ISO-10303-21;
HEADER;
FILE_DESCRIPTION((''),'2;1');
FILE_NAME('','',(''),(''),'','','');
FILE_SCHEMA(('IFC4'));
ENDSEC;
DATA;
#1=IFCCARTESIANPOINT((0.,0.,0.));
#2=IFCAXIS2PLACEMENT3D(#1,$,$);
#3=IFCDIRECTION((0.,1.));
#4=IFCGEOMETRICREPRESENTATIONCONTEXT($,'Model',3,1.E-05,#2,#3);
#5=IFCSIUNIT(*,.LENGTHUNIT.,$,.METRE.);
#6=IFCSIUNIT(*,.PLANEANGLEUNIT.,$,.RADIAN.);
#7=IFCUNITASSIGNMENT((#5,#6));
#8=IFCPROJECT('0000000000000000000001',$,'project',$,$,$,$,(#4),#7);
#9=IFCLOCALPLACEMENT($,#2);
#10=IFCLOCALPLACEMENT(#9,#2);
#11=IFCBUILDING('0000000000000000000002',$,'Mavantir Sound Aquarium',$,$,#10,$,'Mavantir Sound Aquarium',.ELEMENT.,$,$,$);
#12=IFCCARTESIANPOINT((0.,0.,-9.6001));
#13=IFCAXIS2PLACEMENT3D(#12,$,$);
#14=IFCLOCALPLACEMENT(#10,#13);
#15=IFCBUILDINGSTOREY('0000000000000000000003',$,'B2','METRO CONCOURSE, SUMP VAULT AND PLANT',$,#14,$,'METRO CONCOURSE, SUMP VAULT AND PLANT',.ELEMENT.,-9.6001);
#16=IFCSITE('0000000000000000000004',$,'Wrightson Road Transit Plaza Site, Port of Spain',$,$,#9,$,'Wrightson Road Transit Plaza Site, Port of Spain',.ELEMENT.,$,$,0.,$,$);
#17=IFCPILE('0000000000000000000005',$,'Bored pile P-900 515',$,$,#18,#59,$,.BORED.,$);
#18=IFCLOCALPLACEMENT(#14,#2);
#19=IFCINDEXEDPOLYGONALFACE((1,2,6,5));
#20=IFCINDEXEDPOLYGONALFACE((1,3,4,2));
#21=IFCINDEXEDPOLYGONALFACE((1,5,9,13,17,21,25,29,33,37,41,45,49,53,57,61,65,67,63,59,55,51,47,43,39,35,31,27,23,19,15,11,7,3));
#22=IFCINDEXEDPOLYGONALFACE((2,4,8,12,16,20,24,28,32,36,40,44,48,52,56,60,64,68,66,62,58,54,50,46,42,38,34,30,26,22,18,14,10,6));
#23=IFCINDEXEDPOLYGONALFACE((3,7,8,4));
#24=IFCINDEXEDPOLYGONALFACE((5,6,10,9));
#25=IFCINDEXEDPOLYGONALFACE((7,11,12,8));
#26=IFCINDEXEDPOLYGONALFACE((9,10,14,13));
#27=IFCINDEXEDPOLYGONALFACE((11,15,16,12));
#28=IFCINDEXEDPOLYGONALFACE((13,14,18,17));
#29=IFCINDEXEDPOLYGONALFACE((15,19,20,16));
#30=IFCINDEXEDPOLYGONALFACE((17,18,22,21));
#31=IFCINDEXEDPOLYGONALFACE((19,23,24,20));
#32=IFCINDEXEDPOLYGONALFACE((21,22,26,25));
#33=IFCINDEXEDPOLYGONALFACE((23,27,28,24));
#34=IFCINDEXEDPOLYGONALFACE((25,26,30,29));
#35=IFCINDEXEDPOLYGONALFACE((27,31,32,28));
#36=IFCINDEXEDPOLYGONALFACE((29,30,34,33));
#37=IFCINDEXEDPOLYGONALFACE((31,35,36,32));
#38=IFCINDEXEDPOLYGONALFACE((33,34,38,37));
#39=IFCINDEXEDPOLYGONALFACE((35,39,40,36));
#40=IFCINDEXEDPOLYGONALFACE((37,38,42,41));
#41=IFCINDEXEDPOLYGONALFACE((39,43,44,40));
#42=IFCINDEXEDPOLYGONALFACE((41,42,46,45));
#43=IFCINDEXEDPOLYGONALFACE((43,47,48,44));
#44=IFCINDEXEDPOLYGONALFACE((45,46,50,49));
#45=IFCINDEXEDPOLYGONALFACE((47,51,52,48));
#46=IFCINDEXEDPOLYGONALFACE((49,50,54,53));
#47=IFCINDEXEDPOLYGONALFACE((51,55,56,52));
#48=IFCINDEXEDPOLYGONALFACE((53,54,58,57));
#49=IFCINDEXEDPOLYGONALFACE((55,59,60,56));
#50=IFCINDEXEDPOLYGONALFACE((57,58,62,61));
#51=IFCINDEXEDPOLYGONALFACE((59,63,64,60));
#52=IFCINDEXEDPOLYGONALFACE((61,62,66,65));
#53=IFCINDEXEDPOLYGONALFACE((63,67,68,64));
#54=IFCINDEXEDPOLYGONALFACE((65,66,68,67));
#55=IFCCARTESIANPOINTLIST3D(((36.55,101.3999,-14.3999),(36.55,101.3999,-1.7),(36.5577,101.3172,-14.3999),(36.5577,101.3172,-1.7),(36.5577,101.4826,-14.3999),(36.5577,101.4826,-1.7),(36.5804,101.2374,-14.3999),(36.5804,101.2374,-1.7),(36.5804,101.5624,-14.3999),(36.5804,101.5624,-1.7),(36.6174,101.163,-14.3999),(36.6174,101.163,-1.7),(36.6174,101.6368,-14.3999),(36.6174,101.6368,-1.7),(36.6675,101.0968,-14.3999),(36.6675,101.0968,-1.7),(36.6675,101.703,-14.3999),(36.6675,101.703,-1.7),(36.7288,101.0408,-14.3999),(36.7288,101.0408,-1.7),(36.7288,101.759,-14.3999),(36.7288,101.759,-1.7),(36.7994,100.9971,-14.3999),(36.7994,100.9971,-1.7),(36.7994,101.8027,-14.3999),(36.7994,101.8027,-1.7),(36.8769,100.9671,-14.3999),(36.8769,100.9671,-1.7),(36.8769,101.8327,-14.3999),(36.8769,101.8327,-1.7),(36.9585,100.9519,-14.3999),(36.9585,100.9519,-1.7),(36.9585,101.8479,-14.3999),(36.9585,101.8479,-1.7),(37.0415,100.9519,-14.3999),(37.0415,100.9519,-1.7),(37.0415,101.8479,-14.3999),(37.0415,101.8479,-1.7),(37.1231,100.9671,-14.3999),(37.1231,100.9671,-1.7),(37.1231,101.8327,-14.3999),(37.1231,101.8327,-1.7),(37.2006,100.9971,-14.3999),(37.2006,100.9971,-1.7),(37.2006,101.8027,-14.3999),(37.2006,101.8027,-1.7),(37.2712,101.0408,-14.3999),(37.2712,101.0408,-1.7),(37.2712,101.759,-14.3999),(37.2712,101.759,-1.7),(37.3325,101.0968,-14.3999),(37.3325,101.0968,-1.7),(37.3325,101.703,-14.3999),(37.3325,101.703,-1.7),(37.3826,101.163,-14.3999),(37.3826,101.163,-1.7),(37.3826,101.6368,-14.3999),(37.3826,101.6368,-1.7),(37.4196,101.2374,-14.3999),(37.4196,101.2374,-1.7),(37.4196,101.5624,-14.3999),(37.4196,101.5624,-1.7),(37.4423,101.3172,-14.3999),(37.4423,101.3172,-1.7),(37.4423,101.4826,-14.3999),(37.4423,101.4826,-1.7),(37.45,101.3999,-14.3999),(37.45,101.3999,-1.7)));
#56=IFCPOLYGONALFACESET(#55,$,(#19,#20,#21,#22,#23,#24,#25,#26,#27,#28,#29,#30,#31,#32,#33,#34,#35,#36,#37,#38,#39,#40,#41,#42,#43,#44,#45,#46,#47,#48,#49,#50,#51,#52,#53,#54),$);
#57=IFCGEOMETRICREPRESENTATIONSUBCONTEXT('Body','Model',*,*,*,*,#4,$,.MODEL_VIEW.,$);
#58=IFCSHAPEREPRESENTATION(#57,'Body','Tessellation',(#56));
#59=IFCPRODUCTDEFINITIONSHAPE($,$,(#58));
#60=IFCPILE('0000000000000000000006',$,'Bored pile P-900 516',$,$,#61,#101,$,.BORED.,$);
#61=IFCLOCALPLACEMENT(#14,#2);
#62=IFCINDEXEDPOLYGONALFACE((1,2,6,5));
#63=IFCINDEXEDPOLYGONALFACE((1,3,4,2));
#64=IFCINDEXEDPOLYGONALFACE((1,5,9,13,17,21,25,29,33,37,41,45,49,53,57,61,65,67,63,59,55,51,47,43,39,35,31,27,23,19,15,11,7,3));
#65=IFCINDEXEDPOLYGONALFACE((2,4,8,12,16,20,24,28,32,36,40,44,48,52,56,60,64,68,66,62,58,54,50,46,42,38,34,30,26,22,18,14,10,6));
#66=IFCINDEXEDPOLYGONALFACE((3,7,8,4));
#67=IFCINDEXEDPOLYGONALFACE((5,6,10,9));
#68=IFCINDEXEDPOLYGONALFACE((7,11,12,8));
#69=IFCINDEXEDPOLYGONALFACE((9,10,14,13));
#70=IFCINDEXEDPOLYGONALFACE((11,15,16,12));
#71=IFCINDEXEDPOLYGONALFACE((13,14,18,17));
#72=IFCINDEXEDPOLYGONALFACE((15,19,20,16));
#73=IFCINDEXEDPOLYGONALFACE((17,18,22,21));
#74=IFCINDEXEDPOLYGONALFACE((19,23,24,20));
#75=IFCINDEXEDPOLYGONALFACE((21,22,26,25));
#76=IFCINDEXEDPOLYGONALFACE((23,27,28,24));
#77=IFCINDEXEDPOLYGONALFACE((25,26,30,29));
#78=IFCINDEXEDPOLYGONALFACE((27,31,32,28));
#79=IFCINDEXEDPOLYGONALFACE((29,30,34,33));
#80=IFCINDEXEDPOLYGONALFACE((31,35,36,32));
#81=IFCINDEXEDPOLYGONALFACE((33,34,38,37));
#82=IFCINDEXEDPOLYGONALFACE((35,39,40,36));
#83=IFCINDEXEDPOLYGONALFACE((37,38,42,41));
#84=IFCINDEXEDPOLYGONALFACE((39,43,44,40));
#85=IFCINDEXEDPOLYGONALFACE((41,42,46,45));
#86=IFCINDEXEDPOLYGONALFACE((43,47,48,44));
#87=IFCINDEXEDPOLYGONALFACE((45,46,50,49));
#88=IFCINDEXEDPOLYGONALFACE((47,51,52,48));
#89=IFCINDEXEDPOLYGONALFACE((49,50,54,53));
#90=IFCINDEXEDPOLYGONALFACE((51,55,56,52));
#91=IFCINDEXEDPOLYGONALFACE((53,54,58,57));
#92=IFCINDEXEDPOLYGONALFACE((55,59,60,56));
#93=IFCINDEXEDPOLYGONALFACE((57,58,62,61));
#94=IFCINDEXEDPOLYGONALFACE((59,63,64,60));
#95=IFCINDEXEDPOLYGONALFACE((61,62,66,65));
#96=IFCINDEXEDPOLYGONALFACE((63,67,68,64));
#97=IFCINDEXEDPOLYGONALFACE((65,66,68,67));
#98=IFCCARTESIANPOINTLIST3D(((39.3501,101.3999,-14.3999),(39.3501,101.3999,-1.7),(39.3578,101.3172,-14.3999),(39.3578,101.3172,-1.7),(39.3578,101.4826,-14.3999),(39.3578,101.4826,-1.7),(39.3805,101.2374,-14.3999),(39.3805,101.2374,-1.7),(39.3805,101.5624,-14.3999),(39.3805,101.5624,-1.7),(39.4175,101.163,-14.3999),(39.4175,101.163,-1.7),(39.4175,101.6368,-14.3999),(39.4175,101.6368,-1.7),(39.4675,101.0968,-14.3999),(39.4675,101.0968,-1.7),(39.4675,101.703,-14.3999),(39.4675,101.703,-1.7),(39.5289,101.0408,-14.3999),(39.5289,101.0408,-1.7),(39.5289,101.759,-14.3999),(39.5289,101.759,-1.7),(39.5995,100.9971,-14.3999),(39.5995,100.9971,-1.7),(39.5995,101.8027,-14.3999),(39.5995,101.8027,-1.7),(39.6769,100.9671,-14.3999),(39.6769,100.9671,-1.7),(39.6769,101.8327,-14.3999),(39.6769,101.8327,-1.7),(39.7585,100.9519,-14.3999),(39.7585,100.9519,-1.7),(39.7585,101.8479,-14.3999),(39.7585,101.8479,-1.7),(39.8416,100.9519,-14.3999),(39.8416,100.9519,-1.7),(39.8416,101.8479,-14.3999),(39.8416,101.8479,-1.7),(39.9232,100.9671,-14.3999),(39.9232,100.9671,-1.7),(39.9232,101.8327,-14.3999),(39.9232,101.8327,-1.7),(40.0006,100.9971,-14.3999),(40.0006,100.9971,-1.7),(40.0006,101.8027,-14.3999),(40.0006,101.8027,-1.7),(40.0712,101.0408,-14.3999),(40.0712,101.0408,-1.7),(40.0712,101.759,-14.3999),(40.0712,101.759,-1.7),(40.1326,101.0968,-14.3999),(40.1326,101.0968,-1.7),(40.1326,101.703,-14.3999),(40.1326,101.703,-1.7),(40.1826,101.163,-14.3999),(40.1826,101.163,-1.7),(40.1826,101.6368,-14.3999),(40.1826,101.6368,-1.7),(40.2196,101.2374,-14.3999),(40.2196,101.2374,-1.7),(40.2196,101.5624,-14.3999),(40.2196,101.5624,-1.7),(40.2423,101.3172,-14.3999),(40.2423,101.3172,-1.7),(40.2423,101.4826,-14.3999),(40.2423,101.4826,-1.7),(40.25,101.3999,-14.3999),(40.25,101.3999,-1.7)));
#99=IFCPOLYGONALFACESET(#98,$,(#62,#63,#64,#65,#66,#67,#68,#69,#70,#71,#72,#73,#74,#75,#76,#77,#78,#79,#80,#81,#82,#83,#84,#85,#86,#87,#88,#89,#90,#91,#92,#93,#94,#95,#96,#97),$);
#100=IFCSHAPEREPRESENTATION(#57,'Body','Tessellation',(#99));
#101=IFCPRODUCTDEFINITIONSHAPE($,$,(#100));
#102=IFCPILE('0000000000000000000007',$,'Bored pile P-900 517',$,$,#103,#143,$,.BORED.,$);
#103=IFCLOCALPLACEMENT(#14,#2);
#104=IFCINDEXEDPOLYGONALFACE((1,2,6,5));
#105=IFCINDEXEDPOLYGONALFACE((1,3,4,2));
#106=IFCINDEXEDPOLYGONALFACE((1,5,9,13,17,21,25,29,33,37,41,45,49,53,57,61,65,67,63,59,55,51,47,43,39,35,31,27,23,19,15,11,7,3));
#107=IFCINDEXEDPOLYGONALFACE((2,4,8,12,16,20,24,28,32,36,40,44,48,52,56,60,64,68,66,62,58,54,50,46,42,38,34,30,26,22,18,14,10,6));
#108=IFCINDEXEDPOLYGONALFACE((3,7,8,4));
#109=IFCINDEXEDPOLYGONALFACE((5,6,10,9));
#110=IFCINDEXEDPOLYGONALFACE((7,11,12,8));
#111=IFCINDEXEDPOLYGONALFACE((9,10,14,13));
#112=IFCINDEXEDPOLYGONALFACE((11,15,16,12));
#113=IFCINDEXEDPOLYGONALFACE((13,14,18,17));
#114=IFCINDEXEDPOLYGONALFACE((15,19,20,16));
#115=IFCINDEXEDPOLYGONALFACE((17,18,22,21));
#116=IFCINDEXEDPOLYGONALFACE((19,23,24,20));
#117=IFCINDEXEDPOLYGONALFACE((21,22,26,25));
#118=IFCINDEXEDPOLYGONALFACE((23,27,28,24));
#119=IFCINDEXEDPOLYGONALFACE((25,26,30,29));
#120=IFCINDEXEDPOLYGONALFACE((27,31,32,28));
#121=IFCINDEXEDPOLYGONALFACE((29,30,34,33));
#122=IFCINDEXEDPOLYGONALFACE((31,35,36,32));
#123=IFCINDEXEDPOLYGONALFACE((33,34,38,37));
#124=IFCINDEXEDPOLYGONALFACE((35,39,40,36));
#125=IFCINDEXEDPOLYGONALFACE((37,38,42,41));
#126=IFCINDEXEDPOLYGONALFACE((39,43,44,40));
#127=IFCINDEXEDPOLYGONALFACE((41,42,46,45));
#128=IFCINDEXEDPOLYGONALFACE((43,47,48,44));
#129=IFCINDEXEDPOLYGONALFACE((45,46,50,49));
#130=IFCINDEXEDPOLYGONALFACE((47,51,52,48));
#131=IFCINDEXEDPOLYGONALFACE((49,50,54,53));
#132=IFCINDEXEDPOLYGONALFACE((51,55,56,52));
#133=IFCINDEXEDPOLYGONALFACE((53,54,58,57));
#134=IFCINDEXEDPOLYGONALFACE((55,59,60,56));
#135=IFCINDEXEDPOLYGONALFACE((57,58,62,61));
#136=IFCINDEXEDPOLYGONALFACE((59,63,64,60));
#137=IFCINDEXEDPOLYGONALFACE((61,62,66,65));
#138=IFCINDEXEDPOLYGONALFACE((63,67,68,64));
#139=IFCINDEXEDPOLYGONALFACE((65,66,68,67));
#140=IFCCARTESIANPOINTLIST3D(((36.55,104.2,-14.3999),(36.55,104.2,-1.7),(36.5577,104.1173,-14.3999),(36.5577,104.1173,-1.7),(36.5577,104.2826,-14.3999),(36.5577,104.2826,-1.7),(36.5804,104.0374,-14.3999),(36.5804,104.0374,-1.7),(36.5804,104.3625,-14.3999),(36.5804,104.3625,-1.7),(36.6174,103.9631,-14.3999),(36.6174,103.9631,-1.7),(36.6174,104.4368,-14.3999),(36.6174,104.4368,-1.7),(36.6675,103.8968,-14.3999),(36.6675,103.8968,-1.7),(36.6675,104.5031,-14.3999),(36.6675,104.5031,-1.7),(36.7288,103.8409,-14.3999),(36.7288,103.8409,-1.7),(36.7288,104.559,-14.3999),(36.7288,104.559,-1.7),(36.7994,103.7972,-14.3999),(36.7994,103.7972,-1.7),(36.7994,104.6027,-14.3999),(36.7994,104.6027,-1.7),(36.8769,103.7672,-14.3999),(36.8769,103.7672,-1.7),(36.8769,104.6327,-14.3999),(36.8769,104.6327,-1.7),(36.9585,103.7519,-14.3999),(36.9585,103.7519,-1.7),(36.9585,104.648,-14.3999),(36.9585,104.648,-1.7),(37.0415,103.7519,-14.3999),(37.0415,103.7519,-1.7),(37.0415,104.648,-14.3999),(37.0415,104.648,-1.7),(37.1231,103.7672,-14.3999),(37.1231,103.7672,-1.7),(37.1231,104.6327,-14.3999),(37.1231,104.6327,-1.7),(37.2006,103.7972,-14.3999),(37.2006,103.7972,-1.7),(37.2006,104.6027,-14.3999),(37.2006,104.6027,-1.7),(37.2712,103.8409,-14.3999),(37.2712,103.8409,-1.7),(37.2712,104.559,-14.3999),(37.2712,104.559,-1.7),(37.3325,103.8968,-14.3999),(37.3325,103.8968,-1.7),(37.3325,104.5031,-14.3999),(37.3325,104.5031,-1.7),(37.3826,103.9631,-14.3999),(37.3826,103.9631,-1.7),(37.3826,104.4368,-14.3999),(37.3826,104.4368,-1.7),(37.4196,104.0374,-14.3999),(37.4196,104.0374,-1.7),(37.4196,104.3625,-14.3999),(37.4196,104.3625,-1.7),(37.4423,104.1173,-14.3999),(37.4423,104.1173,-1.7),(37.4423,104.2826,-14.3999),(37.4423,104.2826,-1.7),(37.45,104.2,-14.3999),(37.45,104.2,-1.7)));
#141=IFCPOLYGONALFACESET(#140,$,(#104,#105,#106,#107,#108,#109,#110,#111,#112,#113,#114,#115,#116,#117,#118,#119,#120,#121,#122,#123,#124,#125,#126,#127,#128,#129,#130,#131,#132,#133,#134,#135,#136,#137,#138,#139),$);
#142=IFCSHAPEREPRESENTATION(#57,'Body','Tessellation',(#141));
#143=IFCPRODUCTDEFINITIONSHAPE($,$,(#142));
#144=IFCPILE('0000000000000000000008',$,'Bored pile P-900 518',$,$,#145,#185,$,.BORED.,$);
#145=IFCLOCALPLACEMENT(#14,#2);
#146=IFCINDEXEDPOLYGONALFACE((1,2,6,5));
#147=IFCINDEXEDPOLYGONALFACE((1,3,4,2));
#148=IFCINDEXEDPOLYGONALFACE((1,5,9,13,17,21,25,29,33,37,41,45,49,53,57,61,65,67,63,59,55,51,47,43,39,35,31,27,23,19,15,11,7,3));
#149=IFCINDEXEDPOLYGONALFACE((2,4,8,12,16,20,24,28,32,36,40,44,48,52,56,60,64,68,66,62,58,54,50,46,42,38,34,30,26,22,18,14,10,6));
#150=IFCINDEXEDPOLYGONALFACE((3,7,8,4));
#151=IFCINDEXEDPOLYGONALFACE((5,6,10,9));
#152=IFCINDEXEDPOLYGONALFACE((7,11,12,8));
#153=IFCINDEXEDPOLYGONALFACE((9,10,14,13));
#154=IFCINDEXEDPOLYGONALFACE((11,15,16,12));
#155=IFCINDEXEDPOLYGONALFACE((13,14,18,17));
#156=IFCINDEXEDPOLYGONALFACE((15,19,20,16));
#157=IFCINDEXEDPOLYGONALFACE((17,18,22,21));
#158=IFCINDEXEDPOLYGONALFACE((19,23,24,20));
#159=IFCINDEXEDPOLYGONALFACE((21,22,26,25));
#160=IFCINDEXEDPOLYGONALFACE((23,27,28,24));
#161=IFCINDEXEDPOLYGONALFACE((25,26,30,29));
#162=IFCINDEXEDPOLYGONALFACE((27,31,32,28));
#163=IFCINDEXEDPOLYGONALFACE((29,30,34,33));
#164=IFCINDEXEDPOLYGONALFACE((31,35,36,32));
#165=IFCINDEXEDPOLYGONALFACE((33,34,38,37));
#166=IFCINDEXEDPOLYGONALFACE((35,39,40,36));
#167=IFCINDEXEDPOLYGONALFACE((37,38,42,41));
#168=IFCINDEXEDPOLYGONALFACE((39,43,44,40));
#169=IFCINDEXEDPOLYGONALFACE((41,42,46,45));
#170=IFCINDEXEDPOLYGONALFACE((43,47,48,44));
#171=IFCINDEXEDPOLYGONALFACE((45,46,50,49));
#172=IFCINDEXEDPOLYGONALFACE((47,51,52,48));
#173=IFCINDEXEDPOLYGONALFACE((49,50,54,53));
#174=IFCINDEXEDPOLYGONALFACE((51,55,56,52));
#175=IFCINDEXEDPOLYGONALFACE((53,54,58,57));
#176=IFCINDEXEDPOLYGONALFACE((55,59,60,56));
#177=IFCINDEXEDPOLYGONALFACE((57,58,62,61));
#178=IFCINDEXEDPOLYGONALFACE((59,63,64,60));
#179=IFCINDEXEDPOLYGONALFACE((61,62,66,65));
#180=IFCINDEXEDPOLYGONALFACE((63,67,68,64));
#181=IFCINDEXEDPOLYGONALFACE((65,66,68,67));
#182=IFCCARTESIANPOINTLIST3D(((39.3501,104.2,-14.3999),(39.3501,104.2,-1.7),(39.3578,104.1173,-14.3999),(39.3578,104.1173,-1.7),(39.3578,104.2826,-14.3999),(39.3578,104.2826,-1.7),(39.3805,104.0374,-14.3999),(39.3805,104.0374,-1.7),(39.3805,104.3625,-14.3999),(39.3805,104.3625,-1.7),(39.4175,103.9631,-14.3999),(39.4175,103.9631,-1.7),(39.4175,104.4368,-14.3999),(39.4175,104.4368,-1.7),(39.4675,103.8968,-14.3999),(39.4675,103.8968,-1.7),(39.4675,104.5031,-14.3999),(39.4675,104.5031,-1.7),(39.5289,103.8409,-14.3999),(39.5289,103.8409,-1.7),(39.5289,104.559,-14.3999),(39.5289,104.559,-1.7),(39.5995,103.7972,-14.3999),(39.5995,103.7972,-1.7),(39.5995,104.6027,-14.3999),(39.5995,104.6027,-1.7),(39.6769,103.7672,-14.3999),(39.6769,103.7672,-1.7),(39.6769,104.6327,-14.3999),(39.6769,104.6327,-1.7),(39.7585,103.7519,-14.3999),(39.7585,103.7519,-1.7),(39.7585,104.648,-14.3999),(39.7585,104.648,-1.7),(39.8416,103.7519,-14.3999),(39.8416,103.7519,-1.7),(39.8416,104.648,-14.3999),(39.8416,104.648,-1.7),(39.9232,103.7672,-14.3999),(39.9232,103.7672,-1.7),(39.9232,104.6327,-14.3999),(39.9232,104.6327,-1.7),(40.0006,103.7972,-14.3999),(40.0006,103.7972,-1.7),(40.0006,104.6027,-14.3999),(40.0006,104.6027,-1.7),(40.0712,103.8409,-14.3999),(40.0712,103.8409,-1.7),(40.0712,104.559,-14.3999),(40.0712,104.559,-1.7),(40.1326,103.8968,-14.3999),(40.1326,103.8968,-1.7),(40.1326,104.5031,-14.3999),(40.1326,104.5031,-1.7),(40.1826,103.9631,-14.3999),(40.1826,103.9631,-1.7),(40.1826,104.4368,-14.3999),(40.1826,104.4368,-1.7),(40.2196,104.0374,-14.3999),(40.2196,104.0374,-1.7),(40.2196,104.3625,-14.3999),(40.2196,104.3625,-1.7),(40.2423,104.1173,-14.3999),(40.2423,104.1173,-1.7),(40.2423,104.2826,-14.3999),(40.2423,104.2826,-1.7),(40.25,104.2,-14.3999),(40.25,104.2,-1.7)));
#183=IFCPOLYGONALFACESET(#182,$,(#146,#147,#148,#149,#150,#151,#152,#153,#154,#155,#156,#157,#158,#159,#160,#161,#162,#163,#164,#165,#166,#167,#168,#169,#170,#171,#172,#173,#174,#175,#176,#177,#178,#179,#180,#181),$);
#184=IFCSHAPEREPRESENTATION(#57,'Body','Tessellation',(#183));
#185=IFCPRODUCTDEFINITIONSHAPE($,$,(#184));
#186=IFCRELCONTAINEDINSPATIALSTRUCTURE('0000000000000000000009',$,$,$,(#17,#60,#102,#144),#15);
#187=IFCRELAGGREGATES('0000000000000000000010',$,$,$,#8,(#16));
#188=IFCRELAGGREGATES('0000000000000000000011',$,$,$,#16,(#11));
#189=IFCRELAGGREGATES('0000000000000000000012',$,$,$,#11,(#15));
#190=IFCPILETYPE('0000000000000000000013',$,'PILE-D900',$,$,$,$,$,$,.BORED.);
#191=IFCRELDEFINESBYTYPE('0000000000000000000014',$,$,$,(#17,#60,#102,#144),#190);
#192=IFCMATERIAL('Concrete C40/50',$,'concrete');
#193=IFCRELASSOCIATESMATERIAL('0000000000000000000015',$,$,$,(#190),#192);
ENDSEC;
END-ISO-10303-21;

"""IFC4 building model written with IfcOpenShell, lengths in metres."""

from ifc_helpers import new_model, si_unit, direction, frame, origin, origin_2d, place, context, subcontext, project, spatial, circle, extrude, material, material_profile, profile_set, type_object, element, save


model = new_model("IFC4")

# Units and contexts
model_context = context("Model", 3, precision=1e-05, world=origin(), true_north=direction((0.0, 1.0)))
body_context = subcontext(model_context, "Body", "Model", "MODEL_VIEW")
ifc_project = project(units=[si_unit("LENGTHUNIT", "METRE"), si_unit("PLANEANGLEUNIT", "RADIAN")], contexts=[model_context])

# Site, building, storey
site_placement = place(None, origin())
site = spatial("IfcSite", under=ifc_project, at=site_placement, Name="Wrightson Road Transit Plaza Site, Port of Spain", LongName="Wrightson Road Transit Plaza Site, Port of Spain", CompositionType="ELEMENT", RefElevation=0.0)
building_placement = place(site_placement, origin())
building = spatial("IfcBuilding", under=site, at=building_placement, Name="Mavantir Sound Aquarium", LongName="Mavantir Sound Aquarium", CompositionType="ELEMENT")
storey_placement = place(building_placement, frame((0.0, 0.0, -9.6001)))
storey = spatial("IfcBuildingStorey", under=building, at=storey_placement, Name="B2", Description="METRO CONCOURSE, SUMP VAULT AND PLANT", LongName="METRO CONCOURSE, SUMP VAULT AND PLANT", CompositionType="ELEMENT", Elevation=-9.6001)

# Shared definitions
ifc_material_1 = material(Name="Concrete C40/50", Category="concrete")

# Piles
ifc_material_profile_1 = material_profile(ifc_material_1, circle(Radius=0.45, at=origin_2d()), Name="PILE D900")
ifc_profile_set_1 = profile_set([ifc_material_profile_1], Name="Concrete C40/50")
pile_type = type_object("IfcPileType", Name="PILE-D900", PredefinedType="BORED", material=ifc_profile_set_1)
for number, where, z_axis, x_axis, name in (
    (1, (37.0, 101.3999, -1.7), (0.0, 0.0, -1.0), (1.0, 0.0, 0.0), "Bored pile P-900 515"),
    (2, (39.8, 101.3999, -1.7), (0.0, 0.0, -1.0), (1.0, 0.0, 0.0), "Bored pile P-900 516"),
    (3, (37.0, 104.2, -1.7), (0.0, 0.0, -1.0), (1.0, 0.0, 0.0), "Bored pile P-900 517"),
    (4, (39.8, 104.2, -1.7), (0.0, 0.0, -1.0), (1.0, 0.0, 0.0), "Bored pile P-900 518"),
):
    element("IfcPile", number, at=place(storey_placement, frame(where, z_axis=z_axis, x_axis=x_axis)), inside=storey, type_object=pile_type, Name=name, PredefinedType="BORED", context=body_context, shape_type="SweptSolid", body=[
        extrude(circle(Radius=0.45, at=origin_2d()), origin(), (0.0, 0.0, 1.0), 12.7),
    ])

save(model, "model.ifc")
